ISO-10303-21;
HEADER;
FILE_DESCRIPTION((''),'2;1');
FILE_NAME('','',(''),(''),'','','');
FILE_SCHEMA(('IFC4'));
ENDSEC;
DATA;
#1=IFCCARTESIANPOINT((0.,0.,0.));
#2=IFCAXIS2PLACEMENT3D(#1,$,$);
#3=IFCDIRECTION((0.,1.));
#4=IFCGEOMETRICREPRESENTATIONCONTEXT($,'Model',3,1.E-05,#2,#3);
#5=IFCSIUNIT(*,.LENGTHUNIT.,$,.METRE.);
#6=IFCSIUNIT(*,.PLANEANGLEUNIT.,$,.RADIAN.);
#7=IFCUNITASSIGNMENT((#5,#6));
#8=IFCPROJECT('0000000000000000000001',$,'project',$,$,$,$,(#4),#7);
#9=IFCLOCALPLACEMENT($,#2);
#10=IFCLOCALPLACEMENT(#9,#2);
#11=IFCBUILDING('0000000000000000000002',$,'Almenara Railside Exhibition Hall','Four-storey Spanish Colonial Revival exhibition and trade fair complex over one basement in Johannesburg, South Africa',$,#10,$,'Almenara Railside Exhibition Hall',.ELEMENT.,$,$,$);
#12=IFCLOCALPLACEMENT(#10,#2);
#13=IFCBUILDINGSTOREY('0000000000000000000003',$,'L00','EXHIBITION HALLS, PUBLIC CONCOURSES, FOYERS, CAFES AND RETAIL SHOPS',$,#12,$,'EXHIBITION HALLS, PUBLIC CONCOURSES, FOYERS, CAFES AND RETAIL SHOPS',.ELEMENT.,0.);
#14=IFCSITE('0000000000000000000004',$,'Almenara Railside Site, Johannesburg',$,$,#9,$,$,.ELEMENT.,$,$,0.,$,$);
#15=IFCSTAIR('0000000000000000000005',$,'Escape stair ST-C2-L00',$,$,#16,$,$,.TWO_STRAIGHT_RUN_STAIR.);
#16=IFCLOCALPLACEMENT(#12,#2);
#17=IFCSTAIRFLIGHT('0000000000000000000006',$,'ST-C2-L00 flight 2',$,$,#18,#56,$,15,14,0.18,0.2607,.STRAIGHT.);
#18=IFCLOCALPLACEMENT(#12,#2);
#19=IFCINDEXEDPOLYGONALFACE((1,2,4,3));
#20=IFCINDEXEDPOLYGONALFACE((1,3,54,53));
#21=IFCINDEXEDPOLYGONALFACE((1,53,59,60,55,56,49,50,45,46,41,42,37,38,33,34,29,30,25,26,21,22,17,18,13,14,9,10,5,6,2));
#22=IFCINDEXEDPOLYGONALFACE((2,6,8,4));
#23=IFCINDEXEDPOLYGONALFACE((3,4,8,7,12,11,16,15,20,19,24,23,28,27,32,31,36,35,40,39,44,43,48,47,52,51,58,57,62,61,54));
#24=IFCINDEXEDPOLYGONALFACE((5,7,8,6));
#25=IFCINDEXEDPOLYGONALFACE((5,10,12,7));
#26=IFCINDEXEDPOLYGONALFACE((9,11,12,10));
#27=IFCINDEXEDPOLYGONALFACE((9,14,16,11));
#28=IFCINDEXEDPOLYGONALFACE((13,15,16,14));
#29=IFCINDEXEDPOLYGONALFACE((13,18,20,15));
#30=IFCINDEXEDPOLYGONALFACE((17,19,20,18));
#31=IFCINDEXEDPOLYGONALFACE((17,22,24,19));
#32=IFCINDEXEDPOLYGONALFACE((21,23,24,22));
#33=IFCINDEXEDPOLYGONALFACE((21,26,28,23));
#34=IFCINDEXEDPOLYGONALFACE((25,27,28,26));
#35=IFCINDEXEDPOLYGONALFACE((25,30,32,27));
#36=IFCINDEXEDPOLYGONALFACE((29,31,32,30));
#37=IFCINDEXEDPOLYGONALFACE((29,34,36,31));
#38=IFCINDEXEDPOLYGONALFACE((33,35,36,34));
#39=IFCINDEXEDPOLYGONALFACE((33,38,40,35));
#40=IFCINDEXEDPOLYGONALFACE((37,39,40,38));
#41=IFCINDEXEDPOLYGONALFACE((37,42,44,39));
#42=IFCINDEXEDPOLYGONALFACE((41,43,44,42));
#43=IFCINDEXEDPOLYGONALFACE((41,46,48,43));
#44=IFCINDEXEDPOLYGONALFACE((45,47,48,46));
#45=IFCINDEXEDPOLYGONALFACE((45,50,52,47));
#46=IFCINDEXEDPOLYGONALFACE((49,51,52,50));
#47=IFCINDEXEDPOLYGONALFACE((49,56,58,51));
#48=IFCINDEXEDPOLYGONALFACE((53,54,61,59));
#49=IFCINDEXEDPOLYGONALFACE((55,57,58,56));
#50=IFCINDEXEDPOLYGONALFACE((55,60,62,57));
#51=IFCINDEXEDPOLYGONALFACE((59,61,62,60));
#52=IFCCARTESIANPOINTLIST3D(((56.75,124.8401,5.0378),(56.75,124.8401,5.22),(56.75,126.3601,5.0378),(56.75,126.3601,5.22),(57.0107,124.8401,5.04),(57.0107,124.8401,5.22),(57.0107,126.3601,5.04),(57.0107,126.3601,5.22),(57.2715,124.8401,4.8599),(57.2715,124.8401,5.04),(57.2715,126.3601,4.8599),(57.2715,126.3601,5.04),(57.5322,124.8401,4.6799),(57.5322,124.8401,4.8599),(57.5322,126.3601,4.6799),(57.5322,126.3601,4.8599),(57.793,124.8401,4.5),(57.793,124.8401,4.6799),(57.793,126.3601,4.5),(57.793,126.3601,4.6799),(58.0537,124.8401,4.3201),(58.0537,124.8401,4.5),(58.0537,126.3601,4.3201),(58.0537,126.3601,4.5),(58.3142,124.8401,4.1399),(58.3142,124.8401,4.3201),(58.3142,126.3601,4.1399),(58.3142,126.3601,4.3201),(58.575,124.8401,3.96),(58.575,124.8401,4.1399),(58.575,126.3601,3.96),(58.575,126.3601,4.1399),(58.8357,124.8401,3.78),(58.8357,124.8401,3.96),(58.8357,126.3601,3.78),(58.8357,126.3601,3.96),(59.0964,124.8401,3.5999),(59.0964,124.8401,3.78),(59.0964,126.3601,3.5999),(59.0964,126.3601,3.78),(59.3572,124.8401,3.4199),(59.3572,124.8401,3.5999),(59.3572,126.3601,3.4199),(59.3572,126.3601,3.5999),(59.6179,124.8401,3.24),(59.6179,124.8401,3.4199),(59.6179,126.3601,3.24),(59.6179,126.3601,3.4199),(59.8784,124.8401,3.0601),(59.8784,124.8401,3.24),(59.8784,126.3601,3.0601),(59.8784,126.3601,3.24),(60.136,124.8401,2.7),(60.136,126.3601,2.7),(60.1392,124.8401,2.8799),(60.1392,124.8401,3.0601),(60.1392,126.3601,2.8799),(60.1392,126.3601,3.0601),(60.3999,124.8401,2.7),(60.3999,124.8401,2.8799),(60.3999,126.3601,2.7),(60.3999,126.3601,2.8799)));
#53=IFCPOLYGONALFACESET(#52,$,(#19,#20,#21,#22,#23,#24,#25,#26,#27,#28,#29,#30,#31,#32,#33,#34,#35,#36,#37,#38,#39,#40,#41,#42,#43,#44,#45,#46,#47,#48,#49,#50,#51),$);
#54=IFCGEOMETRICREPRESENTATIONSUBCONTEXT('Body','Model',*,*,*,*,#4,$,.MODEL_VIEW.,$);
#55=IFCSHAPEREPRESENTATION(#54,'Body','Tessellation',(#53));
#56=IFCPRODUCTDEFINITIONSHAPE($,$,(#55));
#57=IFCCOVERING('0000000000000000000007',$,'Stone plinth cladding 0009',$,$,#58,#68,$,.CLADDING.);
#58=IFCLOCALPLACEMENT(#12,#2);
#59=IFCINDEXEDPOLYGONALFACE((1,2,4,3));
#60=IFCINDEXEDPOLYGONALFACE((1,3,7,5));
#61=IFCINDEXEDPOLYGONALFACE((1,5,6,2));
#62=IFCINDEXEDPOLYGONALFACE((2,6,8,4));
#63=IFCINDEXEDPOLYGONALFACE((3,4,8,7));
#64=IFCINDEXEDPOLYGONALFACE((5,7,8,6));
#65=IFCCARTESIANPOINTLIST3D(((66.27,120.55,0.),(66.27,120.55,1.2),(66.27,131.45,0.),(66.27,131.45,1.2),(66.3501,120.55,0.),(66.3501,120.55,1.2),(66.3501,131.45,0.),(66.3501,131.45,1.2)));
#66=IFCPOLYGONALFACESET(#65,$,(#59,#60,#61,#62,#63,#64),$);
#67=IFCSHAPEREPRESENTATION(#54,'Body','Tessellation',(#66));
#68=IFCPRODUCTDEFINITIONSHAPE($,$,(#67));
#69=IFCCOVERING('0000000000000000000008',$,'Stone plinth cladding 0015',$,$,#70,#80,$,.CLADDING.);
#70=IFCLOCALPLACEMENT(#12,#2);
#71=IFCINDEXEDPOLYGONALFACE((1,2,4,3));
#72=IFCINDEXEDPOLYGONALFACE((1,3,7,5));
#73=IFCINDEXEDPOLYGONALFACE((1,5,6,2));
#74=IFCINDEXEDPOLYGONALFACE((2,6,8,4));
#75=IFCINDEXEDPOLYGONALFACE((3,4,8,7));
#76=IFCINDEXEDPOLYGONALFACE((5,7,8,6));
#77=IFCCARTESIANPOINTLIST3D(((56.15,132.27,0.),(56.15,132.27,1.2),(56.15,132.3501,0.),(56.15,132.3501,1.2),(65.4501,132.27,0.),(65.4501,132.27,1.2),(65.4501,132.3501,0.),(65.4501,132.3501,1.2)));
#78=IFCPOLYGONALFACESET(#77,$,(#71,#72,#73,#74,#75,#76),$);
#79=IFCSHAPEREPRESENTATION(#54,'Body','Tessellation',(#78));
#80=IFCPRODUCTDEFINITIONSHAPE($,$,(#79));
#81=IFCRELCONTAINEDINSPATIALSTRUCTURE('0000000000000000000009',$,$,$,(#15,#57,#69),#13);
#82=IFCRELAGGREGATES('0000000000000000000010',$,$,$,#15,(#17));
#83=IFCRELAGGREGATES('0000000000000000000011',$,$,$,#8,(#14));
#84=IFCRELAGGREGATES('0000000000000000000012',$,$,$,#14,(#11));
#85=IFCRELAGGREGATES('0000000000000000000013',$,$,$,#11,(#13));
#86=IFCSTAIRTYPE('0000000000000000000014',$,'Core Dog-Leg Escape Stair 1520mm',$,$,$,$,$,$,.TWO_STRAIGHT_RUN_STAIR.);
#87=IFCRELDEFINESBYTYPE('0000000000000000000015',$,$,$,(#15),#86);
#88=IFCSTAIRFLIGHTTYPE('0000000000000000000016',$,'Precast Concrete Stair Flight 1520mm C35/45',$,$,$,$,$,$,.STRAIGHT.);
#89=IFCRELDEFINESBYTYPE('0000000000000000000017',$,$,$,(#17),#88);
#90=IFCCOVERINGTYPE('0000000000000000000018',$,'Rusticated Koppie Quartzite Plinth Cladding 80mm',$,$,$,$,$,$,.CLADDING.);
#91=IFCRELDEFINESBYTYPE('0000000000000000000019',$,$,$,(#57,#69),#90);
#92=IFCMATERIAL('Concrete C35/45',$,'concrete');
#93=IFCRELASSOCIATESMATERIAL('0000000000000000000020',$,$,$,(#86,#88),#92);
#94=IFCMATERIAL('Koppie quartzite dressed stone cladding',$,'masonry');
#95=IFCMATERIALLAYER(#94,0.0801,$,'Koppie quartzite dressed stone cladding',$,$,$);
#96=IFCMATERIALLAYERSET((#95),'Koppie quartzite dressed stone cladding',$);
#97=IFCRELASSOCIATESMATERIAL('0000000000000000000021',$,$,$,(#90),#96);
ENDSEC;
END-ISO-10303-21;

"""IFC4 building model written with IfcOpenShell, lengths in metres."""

from ifc_helpers import new_model, si_unit, direction, frame, origin, origin_2d, place, context, subcontext, project, spatial, polyline, rectangle, outline, extrude, material, layer, layer_set, type_object, element, aggregate, save


model = new_model("IFC4")

# Units and contexts
model_context = context("Model", 3, precision=1e-05, world=origin(), true_north=direction((0.0, 1.0)))
body_context = subcontext(model_context, "Body", "Model", "MODEL_VIEW")
ifc_project = project(units=[si_unit("LENGTHUNIT", "METRE"), si_unit("PLANEANGLEUNIT", "RADIAN")], contexts=[model_context])

# Site, building, storey
site_placement = place(None, origin())
site = spatial("IfcSite", under=ifc_project, at=site_placement, Name="Almenara Railside Site, Johannesburg", CompositionType="ELEMENT", RefElevation=0.0)
building_placement = place(site_placement, origin())
building = spatial("IfcBuilding", under=site, at=building_placement, Name="Almenara Railside Exhibition Hall", Description="Four-storey Spanish Colonial Revival exhibition and trade fair complex over one basement in Johannesburg, South Africa", LongName="Almenara Railside Exhibition Hall", CompositionType="ELEMENT")
storey_placement = place(building_placement, origin())
storey = spatial("IfcBuildingStorey", under=building, at=storey_placement, Name="L00", Description="EXHIBITION HALLS, PUBLIC CONCOURSES, FOYERS, CAFES AND RETAIL SHOPS", LongName="EXHIBITION HALLS, PUBLIC CONCOURSES, FOYERS, CAFES AND RETAIL SHOPS", CompositionType="ELEMENT", Elevation=0.0)

# Shared definitions
ifc_material_1 = material(Name="Concrete C35/45", Category="concrete")

# Stair, stair flight
stair_type = type_object("IfcStairType", Name="Core Dog-Leg Escape Stair 1520mm", PredefinedType="TWO_STRAIGHT_RUN_STAIR", material=ifc_material_1)
stair_placement = place(storey_placement, origin())
stair = element("IfcStair", 1, at=stair_placement, inside=storey, type_object=stair_type, Name="Escape stair ST-C2-L00", PredefinedType="TWO_STRAIGHT_RUN_STAIR")
stair_flight_type = type_object("IfcStairFlightType", Name="Precast Concrete Stair Flight 1520mm C35/45", PredefinedType="STRAIGHT", material=ifc_material_1)
stair_flight_placement = place(storey_placement, frame((60.3999, 125.6001, 2.7), z_axis=(0.0, 0.0, 1.0), x_axis=(-1.0, 0.0, 0.0)))
stair_flight = element("IfcStairFlight", 2, at=stair_flight_placement, type_object=stair_flight_type, Name="ST-C2-L00 flight 2", NumberOfRisers=15, NumberOfTreads=14, PredefinedType="STRAIGHT", RiserHeight=0.18, TreadLength=0.2607, context=body_context, shape_type="SweptSolid", body=[
    extrude(outline(polyline([(0.0, 0.0), (0.0, 0.1799), (0.2607, 0.1799), (0.2607, 0.3601), (0.5215, 0.3601), (0.5215, 0.54), (0.782, 0.54), (0.782, 0.72), (1.0427, 0.72), (1.0427, 0.8999), (1.3035, 0.8999), (1.3035, 1.0801), (1.5642, 1.0801), (1.5642, 1.26), (1.825, 1.26), (1.825, 1.4399), (2.0857, 1.4399), (2.0857, 1.6201), (2.3462, 1.6201), (2.3462, 1.8), (2.6069, 1.8), (2.6069, 1.98), (2.8677, 1.98), (2.8677, 2.1599), (3.1284, 2.1599), (3.1284, 2.3401), (3.3892, 2.3401), (3.3892, 2.52), (3.6499, 2.52), (3.6499, 2.7), (3.6499, 2.3379), (0.2639, 0.0), (0.0, 0.0)])), frame((0.0, 0.76, 0.0), z_axis=(0.0, -1.0, 0.0), x_axis=(1.0, 0.0, 0.0)), (0.0, 0.0, 1.0), 1.52),
])
aggregate(stair, [stair_flight])

# Coverings
ifc_material_2 = material(Name="Koppie quartzite dressed stone cladding", Category="masonry")
ifc_layer_1 = layer(ifc_material_2, 0.0801, Name="Koppie quartzite dressed stone cladding")
ifc_layer_set_1 = layer_set([ifc_layer_1], Name="Koppie quartzite dressed stone cladding")
covering_type = type_object("IfcCoveringType", Name="Rusticated Koppie Quartzite Plinth Cladding 80mm", PredefinedType="CLADDING", material=ifc_layer_set_1)
covering_1_placement = place(storey_placement, frame((66.3101, 126.0, 0.0), z_axis=(0.0, 0.0, 1.0), x_axis=(0.0, 1.0, 0.0)))
element("IfcCovering", 3, at=covering_1_placement, inside=storey, type_object=covering_type, Name="Stone plinth cladding 0009", PredefinedType="CLADDING", context=body_context, shape_type="SweptSolid", body=[
    extrude(rectangle(XDim=10.8999, YDim=0.0801, at=origin_2d()), origin(), (0.0, 0.0, 1.0), 1.2),
])
covering_2_placement = place(storey_placement, frame((60.8, 132.3101, 0.0), z_axis=(0.0, 0.0, 1.0), x_axis=(-1.0, 0.0, 0.0)))
element("IfcCovering", 4, at=covering_2_placement, inside=storey, type_object=covering_type, Name="Stone plinth cladding 0015", PredefinedType="CLADDING", context=body_context, shape_type="SweptSolid", body=[
    extrude(rectangle(XDim=9.3, YDim=0.0801, at=origin_2d()), origin(), (0.0, 0.0, 1.0), 1.2),
])

save(model, "model.ifc")
